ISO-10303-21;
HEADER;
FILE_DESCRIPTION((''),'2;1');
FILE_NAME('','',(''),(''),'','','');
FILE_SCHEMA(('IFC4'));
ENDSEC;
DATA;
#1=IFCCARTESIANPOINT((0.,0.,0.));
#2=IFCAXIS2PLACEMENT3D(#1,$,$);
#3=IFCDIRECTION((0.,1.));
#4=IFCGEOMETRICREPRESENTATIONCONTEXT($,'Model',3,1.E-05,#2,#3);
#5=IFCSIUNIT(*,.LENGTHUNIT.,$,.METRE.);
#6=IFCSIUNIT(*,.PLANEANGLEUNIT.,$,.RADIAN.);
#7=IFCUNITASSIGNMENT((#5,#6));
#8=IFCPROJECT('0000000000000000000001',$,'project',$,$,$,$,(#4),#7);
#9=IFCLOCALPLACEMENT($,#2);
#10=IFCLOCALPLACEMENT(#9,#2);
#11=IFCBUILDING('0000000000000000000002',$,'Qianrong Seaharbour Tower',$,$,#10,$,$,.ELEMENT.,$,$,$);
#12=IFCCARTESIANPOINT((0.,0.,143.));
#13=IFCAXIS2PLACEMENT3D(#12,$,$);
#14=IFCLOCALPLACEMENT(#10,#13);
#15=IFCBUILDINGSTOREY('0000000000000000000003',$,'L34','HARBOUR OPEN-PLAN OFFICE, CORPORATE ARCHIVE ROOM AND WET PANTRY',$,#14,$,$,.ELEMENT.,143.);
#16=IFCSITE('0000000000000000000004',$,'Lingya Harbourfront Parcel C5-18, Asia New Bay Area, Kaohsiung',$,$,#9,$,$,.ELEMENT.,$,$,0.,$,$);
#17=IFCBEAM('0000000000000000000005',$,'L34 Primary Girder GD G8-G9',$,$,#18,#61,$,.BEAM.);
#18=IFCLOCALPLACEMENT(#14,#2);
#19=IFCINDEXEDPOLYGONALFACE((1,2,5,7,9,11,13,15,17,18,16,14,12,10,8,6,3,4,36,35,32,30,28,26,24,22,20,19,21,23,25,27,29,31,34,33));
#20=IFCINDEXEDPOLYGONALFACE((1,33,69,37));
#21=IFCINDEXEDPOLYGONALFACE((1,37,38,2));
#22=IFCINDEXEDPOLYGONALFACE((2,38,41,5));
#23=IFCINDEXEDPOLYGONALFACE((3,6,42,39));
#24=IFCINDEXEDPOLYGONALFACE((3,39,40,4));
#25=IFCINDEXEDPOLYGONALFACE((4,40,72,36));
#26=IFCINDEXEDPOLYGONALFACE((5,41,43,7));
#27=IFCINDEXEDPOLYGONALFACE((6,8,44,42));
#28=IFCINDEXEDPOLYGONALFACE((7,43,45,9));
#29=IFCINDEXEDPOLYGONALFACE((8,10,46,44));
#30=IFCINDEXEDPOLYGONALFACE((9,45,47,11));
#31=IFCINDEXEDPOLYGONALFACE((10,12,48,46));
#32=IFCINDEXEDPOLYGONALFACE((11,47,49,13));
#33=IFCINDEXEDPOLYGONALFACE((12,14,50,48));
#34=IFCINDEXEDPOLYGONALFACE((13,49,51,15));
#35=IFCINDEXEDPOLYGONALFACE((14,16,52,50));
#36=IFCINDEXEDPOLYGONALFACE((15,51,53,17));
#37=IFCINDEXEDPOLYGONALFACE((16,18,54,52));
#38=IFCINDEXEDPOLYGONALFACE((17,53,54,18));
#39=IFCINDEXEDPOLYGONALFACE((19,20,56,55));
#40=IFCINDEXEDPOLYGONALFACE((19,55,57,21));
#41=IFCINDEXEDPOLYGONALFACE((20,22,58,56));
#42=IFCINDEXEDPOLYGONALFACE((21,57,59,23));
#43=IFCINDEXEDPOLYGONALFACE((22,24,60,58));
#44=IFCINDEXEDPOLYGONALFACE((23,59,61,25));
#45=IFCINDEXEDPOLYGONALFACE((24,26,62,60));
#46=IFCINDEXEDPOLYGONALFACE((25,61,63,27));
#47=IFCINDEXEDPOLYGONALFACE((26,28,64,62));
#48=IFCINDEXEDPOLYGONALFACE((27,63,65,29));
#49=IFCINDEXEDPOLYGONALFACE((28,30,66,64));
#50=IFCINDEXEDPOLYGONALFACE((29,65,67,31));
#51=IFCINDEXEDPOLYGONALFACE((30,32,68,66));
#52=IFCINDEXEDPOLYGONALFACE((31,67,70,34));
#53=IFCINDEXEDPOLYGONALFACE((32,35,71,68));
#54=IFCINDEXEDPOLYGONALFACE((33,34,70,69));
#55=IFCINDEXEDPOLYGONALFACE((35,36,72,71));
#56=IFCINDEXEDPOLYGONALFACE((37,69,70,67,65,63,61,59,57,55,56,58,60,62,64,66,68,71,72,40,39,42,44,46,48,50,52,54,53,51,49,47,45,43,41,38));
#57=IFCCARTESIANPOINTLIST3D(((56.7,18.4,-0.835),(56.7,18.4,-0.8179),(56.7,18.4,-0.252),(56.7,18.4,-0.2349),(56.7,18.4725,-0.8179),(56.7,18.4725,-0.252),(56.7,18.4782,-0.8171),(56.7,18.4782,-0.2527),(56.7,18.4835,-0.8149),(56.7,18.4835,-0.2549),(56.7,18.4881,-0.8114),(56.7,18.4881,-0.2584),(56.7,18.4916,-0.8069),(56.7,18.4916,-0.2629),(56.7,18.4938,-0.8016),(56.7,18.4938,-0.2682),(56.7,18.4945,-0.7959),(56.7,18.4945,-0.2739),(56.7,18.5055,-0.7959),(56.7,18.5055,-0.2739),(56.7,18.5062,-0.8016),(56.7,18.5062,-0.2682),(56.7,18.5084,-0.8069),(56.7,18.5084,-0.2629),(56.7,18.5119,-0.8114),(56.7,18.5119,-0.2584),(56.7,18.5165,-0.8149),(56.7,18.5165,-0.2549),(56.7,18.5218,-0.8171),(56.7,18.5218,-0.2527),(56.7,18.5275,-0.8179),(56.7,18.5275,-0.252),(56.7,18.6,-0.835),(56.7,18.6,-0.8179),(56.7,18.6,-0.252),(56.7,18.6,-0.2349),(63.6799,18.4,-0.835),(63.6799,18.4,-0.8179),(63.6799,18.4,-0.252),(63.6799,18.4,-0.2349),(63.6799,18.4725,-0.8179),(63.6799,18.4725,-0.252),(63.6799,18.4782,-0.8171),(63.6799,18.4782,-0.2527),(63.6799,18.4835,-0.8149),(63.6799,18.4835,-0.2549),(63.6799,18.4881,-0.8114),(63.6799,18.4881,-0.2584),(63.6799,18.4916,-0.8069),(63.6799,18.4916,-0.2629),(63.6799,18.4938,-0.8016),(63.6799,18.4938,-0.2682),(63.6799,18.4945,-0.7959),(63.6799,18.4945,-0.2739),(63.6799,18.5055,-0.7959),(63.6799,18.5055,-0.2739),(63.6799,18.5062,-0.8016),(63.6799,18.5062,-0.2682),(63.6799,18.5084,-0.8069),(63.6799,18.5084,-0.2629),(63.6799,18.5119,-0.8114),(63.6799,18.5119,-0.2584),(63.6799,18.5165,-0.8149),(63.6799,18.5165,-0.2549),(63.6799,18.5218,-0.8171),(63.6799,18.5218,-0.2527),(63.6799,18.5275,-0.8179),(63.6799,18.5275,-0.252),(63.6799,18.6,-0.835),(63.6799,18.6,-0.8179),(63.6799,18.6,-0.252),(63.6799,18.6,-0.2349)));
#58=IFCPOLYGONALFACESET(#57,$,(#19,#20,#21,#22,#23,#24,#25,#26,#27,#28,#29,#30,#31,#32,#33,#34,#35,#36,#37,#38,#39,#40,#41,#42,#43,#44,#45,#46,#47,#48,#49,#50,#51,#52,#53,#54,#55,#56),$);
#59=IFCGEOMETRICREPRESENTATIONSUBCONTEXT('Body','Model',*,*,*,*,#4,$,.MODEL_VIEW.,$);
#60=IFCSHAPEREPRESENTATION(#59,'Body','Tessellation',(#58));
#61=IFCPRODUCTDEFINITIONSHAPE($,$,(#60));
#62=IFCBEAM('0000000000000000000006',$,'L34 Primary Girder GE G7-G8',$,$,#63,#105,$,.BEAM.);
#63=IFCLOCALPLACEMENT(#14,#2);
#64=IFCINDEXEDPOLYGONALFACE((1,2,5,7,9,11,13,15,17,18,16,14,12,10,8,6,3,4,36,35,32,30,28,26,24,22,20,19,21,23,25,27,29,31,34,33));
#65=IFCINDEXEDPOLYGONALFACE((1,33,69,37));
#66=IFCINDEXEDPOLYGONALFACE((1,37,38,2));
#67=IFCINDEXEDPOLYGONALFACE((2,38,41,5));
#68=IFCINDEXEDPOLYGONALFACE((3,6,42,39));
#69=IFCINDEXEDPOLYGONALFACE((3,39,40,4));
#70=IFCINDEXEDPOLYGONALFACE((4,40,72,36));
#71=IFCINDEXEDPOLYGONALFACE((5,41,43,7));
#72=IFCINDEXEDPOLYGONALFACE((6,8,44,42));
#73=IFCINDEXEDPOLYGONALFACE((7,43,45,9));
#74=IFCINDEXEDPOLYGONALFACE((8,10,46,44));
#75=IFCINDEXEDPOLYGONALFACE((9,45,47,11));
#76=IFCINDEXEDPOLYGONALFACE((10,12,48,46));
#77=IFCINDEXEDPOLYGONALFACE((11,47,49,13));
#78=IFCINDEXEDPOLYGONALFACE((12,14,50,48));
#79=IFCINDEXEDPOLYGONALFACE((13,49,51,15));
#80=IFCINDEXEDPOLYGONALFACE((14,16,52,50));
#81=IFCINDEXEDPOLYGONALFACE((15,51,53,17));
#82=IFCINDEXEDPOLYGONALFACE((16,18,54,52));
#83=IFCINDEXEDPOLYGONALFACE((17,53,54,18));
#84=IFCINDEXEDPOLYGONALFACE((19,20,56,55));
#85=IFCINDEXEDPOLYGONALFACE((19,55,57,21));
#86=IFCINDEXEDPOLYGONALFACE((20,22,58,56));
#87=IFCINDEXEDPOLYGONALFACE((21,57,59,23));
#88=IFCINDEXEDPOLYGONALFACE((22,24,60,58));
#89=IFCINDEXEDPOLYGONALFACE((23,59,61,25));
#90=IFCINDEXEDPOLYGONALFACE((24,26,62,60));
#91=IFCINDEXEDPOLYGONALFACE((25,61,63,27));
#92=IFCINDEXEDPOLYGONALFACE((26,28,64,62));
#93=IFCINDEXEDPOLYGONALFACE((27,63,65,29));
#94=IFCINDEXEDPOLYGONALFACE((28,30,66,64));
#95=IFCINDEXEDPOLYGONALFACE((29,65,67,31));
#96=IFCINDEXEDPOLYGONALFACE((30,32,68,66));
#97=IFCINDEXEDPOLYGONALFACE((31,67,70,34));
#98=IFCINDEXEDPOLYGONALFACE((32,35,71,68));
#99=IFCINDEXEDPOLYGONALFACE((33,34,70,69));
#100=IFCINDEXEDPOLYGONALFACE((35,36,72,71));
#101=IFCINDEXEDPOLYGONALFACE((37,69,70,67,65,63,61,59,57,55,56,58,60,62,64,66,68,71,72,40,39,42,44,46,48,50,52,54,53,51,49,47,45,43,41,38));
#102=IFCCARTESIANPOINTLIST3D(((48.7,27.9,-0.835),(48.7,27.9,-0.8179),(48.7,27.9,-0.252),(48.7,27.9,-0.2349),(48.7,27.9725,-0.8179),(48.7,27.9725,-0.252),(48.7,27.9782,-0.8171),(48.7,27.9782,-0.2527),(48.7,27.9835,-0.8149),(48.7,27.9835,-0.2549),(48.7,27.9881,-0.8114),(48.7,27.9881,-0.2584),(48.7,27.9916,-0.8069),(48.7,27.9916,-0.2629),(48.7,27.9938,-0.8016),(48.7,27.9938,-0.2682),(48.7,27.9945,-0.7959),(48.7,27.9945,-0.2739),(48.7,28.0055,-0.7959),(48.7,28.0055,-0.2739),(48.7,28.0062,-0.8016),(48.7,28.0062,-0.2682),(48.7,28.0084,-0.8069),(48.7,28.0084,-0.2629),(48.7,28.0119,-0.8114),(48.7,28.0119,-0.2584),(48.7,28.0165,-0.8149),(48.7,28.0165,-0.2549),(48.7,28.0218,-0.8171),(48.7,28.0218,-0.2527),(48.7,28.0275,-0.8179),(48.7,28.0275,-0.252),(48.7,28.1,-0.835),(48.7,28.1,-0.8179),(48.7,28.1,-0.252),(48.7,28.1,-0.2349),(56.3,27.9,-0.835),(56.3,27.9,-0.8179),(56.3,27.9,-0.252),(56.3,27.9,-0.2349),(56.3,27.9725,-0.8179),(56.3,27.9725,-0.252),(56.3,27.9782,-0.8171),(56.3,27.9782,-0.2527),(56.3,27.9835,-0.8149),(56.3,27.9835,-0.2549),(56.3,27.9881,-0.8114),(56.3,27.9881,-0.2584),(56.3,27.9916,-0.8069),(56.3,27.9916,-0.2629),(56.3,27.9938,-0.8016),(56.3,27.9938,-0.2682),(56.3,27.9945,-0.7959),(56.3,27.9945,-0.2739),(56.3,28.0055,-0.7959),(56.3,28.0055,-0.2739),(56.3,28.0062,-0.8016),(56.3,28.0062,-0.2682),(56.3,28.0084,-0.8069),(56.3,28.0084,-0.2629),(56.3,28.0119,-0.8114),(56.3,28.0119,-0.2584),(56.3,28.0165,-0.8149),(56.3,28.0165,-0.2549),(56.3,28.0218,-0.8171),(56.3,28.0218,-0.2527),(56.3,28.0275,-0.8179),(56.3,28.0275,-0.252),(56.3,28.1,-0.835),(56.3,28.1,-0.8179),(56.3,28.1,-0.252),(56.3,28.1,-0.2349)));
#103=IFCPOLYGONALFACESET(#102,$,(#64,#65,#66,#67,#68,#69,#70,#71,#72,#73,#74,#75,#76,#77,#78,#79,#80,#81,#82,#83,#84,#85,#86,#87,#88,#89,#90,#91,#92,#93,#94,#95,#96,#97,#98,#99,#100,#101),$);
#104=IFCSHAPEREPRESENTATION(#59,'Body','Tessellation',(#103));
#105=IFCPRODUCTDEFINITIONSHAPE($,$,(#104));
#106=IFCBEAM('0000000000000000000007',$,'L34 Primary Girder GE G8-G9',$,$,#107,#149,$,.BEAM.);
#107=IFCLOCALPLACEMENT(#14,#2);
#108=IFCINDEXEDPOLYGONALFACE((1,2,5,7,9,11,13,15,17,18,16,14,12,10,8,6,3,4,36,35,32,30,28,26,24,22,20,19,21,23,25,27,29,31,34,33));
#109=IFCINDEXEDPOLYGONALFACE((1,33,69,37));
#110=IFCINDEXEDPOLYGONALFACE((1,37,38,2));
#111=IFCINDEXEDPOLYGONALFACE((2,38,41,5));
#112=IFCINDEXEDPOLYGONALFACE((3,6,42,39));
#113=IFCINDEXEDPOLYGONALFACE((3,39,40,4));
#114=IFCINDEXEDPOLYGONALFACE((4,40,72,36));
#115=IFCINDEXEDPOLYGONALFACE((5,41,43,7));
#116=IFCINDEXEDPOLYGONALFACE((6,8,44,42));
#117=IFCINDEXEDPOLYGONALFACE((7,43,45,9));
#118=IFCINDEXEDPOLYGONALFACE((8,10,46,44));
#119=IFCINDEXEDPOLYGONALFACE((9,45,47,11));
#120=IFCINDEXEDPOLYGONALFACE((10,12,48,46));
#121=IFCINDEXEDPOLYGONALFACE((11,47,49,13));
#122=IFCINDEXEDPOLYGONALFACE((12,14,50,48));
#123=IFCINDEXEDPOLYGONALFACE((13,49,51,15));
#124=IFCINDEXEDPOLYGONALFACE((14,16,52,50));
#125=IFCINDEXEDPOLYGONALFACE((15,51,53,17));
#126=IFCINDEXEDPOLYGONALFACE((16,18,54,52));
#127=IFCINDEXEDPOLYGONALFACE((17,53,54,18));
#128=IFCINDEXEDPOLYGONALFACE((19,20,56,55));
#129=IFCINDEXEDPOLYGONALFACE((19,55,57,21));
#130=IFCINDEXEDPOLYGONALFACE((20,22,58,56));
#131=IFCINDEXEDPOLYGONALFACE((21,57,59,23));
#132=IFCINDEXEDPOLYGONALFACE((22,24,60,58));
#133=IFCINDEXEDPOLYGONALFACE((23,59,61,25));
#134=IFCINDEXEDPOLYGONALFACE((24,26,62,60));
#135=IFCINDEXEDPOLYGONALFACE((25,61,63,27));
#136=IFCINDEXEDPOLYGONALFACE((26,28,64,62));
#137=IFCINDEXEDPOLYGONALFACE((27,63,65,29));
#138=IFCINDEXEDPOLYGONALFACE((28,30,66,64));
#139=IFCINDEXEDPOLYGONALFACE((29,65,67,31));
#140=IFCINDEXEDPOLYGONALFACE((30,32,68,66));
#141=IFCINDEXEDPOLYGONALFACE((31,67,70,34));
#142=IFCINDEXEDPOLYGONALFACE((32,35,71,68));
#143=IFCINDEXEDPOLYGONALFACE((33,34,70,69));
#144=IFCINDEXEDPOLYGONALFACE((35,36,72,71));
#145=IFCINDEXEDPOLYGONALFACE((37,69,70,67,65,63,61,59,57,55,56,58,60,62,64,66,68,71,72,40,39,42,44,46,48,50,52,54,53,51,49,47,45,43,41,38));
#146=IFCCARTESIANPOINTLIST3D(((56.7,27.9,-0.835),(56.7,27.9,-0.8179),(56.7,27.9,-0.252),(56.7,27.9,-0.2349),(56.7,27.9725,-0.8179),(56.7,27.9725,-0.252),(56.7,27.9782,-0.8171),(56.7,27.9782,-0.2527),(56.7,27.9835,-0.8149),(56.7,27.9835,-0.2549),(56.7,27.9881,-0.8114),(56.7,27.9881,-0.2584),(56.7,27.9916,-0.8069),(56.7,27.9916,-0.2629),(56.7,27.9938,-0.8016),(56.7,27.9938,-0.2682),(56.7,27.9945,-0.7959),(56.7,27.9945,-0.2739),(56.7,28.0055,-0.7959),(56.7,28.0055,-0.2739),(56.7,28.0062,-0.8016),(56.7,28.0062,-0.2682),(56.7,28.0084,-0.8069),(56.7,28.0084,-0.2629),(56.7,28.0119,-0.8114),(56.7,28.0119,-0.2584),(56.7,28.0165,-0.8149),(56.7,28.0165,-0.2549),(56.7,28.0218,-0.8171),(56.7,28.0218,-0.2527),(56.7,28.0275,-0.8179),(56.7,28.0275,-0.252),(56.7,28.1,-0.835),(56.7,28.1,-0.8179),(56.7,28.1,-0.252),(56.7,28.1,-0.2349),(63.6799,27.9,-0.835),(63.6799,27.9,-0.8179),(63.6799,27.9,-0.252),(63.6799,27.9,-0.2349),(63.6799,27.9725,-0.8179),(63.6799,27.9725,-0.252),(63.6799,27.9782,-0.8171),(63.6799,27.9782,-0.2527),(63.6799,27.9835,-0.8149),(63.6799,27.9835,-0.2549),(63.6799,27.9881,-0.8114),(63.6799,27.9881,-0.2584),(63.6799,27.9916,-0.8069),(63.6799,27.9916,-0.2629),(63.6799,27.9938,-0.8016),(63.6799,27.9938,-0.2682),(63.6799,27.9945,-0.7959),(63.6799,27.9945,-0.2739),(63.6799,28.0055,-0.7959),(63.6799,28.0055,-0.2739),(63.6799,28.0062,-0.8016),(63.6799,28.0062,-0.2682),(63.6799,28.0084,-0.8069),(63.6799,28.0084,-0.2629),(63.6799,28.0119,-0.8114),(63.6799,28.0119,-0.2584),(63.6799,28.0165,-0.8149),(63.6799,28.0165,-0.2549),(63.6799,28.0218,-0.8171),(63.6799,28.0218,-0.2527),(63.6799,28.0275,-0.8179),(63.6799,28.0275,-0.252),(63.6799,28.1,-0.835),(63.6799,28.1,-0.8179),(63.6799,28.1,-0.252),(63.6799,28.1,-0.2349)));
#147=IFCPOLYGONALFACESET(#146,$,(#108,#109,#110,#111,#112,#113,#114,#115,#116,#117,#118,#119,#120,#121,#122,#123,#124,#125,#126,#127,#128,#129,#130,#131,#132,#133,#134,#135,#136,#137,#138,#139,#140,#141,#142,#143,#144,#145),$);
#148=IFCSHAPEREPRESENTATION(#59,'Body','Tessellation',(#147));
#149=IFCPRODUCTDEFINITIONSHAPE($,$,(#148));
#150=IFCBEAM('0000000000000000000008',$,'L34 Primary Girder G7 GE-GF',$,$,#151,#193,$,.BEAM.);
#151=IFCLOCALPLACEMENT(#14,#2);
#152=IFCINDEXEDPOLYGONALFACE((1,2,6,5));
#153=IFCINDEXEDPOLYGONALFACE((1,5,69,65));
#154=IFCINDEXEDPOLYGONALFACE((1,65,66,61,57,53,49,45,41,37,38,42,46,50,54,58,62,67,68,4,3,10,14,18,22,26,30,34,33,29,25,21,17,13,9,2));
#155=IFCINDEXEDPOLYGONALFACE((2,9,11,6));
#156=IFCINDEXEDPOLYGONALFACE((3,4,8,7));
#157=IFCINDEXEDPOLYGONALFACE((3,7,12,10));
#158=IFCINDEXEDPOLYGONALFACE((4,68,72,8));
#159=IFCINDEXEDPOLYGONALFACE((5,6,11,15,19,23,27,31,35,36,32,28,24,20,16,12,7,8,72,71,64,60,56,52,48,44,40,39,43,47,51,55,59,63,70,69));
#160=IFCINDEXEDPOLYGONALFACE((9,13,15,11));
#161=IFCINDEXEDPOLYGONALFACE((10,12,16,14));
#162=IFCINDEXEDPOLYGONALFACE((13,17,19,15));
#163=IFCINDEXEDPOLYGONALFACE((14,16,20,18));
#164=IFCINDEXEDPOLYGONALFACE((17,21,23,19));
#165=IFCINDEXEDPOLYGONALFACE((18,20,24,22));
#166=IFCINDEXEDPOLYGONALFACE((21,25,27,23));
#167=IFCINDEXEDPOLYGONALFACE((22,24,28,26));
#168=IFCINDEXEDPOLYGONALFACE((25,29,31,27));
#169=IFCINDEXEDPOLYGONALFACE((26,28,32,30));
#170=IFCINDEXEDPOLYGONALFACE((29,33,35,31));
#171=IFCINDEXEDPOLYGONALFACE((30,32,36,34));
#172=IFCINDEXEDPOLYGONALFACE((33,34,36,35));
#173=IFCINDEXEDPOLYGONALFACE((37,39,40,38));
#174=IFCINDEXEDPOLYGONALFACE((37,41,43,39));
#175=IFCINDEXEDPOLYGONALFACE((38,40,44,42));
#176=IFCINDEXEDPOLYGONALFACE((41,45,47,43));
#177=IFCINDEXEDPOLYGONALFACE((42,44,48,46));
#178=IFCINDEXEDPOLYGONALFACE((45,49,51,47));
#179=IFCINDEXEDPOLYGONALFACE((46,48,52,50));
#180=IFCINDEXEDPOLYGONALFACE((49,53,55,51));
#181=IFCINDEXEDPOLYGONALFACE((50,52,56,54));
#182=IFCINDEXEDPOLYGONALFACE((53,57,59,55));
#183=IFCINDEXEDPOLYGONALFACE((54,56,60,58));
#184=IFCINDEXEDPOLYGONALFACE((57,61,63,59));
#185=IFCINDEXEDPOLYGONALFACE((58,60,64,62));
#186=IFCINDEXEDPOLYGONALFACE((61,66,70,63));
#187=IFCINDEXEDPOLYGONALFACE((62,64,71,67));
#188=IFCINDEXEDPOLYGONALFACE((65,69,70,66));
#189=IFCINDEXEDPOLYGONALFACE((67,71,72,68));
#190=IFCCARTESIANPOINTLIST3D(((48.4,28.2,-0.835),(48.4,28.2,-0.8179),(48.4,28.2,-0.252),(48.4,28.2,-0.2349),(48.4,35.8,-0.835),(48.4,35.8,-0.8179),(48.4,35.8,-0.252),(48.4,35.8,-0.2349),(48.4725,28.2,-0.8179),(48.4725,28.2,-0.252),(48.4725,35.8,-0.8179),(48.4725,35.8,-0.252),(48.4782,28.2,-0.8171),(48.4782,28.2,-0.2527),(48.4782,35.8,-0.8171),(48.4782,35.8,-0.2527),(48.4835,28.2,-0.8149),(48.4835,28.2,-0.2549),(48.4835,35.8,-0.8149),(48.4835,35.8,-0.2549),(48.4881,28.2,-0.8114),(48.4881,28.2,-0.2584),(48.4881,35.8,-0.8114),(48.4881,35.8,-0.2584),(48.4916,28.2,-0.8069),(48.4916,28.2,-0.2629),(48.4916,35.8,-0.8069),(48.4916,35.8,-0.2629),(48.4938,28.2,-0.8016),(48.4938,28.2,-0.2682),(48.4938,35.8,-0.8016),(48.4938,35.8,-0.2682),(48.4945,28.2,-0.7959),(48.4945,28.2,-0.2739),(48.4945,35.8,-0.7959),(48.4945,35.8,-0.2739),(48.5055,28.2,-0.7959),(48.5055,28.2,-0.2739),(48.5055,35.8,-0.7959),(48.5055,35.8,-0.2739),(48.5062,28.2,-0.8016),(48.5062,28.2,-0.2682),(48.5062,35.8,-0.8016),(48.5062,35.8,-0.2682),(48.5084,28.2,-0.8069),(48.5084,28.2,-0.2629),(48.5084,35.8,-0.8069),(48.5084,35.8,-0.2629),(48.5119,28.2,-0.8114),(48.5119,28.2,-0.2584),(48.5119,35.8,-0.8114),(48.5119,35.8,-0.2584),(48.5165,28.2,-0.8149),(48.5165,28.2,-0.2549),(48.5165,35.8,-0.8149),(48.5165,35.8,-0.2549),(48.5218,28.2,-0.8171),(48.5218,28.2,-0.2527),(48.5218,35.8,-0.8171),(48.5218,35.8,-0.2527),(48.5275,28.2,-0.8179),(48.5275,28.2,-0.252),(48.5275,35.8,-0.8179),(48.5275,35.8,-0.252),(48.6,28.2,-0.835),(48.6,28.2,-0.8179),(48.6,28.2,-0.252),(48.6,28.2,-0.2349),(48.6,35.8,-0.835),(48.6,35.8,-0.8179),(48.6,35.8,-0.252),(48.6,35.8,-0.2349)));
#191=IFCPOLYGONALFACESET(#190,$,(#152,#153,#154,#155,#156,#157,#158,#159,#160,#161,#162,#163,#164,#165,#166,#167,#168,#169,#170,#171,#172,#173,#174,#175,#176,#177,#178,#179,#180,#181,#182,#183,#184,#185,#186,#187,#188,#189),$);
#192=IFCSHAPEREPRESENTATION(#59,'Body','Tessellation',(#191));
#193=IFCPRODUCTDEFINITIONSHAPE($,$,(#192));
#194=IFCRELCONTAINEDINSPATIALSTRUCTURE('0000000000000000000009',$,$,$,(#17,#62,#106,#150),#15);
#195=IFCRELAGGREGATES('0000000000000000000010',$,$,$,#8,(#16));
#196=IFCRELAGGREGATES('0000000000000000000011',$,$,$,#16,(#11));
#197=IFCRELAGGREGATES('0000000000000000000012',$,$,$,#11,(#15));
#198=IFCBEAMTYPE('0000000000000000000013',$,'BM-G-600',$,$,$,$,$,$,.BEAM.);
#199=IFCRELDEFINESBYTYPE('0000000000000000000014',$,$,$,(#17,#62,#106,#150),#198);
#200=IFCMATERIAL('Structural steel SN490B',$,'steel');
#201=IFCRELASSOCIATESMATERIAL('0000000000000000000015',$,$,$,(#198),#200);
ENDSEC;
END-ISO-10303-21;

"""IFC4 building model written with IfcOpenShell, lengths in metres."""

from ifc_helpers import new_model, si_unit, direction, frame, origin, origin_2d, place, context, subcontext, project, spatial, i_section, extrude, material, material_profile, profile_set, type_object, element, save


model = new_model("IFC4")

# Units and contexts
model_context = context("Model", 3, precision=1e-05, world=origin(), true_north=direction((0.0, 1.0)))
body_context = subcontext(model_context, "Body", "Model", "MODEL_VIEW")
ifc_project = project(units=[si_unit("LENGTHUNIT", "METRE"), si_unit("PLANEANGLEUNIT", "RADIAN")], contexts=[model_context])

# Site, building, storey
site_placement = place(None, origin())
site = spatial("IfcSite", under=ifc_project, at=site_placement, Name="Lingya Harbourfront Parcel C5-18, Asia New Bay Area, Kaohsiung", CompositionType="ELEMENT", RefElevation=0.0)
building_placement = place(site_placement, origin())
building = spatial("IfcBuilding", under=site, at=building_placement, Name="Qianrong Seaharbour Tower", CompositionType="ELEMENT")
storey_placement = place(building_placement, frame((0.0, 0.0, 143.0)))
storey = spatial("IfcBuildingStorey", under=building, at=storey_placement, Name="L34", Description="HARBOUR OPEN-PLAN OFFICE, CORPORATE ARCHIVE ROOM AND WET PANTRY", CompositionType="ELEMENT", Elevation=143.0)

# Shared definitions
ifc_material_1 = material(Name="Structural steel SN490B", Category="steel")

# Beams
ifc_material_profile_1 = material_profile(ifc_material_1, i_section(OverallWidth=0.2, OverallDepth=0.6001, WebThickness=0.011, FlangeThickness=0.0171, FilletRadius=0.022, at=origin_2d()), Name="H600x200x11x17")
ifc_profile_set_1 = profile_set([ifc_material_profile_1], Name="Structural steel SN490B")
beam_type_1 = type_object("IfcBeamType", Name="BM-G-600", PredefinedType="BEAM", material=ifc_profile_set_1)
beam_1_placement = place(storey_placement, frame((56.7, 18.5, -0.5349), z_axis=(1.0, 0.0, 0.0), x_axis=(0.0, 1.0, 0.0)))
element("IfcBeam", 1, at=beam_1_placement, inside=storey, type_object=beam_type_1, Name="L34 Primary Girder GD G8-G9", PredefinedType="BEAM", context=body_context, shape_type="SweptSolid", body=[
    extrude(i_section(OverallWidth=0.2, OverallDepth=0.6001, WebThickness=0.011, FlangeThickness=0.0171, FilletRadius=0.022, at=origin_2d()), origin(), (0.0, 0.0, 1.0), 6.98),
])
beam_2_placement = place(storey_placement, frame((48.7, 28.0, -0.5349), z_axis=(1.0, 0.0, 0.0), x_axis=(0.0, 1.0, 0.0)))
element("IfcBeam", 2, at=beam_2_placement, inside=storey, type_object=beam_type_1, Name="L34 Primary Girder GE G7-G8", PredefinedType="BEAM", context=body_context, shape_type="SweptSolid", body=[
    extrude(i_section(OverallWidth=0.2, OverallDepth=0.6001, WebThickness=0.011, FlangeThickness=0.0171, FilletRadius=0.022, at=origin_2d()), origin(), (0.0, 0.0, 1.0), 7.6001),
])
beam_3_placement = place(storey_placement, frame((56.7, 28.0, -0.5349), z_axis=(1.0, 0.0, 0.0), x_axis=(0.0, 1.0, 0.0)))
element("IfcBeam", 3, at=beam_3_placement, inside=storey, type_object=beam_type_1, Name="L34 Primary Girder GE G8-G9", PredefinedType="BEAM", context=body_context, shape_type="SweptSolid", body=[
    extrude(i_section(OverallWidth=0.2, OverallDepth=0.6001, WebThickness=0.011, FlangeThickness=0.0171, FilletRadius=0.022, at=origin_2d()), origin(), (0.0, 0.0, 1.0), 6.98),
])
for number, where, z_axis, x_axis, name in (
    (4, (48.5, 28.2, -0.5349), (0.0, 1.0, 0.0), (-1.0, 0.0, 0.0), "L34 Primary Girder G7 GE-GF"),
):
    element("IfcBeam", number, at=place(storey_placement, frame(where, z_axis=z_axis, x_axis=x_axis)), inside=storey, type_object=beam_type_1, Name=name, PredefinedType="BEAM", context=body_context, shape_type="SweptSolid", body=[
        extrude(i_section(OverallWidth=0.2, OverallDepth=0.6001, WebThickness=0.011, FlangeThickness=0.0171, FilletRadius=0.022, at=origin_2d()), origin(), (0.0, 0.0, 1.0), 7.6001),
    ])

save(model, "model.ifc")
